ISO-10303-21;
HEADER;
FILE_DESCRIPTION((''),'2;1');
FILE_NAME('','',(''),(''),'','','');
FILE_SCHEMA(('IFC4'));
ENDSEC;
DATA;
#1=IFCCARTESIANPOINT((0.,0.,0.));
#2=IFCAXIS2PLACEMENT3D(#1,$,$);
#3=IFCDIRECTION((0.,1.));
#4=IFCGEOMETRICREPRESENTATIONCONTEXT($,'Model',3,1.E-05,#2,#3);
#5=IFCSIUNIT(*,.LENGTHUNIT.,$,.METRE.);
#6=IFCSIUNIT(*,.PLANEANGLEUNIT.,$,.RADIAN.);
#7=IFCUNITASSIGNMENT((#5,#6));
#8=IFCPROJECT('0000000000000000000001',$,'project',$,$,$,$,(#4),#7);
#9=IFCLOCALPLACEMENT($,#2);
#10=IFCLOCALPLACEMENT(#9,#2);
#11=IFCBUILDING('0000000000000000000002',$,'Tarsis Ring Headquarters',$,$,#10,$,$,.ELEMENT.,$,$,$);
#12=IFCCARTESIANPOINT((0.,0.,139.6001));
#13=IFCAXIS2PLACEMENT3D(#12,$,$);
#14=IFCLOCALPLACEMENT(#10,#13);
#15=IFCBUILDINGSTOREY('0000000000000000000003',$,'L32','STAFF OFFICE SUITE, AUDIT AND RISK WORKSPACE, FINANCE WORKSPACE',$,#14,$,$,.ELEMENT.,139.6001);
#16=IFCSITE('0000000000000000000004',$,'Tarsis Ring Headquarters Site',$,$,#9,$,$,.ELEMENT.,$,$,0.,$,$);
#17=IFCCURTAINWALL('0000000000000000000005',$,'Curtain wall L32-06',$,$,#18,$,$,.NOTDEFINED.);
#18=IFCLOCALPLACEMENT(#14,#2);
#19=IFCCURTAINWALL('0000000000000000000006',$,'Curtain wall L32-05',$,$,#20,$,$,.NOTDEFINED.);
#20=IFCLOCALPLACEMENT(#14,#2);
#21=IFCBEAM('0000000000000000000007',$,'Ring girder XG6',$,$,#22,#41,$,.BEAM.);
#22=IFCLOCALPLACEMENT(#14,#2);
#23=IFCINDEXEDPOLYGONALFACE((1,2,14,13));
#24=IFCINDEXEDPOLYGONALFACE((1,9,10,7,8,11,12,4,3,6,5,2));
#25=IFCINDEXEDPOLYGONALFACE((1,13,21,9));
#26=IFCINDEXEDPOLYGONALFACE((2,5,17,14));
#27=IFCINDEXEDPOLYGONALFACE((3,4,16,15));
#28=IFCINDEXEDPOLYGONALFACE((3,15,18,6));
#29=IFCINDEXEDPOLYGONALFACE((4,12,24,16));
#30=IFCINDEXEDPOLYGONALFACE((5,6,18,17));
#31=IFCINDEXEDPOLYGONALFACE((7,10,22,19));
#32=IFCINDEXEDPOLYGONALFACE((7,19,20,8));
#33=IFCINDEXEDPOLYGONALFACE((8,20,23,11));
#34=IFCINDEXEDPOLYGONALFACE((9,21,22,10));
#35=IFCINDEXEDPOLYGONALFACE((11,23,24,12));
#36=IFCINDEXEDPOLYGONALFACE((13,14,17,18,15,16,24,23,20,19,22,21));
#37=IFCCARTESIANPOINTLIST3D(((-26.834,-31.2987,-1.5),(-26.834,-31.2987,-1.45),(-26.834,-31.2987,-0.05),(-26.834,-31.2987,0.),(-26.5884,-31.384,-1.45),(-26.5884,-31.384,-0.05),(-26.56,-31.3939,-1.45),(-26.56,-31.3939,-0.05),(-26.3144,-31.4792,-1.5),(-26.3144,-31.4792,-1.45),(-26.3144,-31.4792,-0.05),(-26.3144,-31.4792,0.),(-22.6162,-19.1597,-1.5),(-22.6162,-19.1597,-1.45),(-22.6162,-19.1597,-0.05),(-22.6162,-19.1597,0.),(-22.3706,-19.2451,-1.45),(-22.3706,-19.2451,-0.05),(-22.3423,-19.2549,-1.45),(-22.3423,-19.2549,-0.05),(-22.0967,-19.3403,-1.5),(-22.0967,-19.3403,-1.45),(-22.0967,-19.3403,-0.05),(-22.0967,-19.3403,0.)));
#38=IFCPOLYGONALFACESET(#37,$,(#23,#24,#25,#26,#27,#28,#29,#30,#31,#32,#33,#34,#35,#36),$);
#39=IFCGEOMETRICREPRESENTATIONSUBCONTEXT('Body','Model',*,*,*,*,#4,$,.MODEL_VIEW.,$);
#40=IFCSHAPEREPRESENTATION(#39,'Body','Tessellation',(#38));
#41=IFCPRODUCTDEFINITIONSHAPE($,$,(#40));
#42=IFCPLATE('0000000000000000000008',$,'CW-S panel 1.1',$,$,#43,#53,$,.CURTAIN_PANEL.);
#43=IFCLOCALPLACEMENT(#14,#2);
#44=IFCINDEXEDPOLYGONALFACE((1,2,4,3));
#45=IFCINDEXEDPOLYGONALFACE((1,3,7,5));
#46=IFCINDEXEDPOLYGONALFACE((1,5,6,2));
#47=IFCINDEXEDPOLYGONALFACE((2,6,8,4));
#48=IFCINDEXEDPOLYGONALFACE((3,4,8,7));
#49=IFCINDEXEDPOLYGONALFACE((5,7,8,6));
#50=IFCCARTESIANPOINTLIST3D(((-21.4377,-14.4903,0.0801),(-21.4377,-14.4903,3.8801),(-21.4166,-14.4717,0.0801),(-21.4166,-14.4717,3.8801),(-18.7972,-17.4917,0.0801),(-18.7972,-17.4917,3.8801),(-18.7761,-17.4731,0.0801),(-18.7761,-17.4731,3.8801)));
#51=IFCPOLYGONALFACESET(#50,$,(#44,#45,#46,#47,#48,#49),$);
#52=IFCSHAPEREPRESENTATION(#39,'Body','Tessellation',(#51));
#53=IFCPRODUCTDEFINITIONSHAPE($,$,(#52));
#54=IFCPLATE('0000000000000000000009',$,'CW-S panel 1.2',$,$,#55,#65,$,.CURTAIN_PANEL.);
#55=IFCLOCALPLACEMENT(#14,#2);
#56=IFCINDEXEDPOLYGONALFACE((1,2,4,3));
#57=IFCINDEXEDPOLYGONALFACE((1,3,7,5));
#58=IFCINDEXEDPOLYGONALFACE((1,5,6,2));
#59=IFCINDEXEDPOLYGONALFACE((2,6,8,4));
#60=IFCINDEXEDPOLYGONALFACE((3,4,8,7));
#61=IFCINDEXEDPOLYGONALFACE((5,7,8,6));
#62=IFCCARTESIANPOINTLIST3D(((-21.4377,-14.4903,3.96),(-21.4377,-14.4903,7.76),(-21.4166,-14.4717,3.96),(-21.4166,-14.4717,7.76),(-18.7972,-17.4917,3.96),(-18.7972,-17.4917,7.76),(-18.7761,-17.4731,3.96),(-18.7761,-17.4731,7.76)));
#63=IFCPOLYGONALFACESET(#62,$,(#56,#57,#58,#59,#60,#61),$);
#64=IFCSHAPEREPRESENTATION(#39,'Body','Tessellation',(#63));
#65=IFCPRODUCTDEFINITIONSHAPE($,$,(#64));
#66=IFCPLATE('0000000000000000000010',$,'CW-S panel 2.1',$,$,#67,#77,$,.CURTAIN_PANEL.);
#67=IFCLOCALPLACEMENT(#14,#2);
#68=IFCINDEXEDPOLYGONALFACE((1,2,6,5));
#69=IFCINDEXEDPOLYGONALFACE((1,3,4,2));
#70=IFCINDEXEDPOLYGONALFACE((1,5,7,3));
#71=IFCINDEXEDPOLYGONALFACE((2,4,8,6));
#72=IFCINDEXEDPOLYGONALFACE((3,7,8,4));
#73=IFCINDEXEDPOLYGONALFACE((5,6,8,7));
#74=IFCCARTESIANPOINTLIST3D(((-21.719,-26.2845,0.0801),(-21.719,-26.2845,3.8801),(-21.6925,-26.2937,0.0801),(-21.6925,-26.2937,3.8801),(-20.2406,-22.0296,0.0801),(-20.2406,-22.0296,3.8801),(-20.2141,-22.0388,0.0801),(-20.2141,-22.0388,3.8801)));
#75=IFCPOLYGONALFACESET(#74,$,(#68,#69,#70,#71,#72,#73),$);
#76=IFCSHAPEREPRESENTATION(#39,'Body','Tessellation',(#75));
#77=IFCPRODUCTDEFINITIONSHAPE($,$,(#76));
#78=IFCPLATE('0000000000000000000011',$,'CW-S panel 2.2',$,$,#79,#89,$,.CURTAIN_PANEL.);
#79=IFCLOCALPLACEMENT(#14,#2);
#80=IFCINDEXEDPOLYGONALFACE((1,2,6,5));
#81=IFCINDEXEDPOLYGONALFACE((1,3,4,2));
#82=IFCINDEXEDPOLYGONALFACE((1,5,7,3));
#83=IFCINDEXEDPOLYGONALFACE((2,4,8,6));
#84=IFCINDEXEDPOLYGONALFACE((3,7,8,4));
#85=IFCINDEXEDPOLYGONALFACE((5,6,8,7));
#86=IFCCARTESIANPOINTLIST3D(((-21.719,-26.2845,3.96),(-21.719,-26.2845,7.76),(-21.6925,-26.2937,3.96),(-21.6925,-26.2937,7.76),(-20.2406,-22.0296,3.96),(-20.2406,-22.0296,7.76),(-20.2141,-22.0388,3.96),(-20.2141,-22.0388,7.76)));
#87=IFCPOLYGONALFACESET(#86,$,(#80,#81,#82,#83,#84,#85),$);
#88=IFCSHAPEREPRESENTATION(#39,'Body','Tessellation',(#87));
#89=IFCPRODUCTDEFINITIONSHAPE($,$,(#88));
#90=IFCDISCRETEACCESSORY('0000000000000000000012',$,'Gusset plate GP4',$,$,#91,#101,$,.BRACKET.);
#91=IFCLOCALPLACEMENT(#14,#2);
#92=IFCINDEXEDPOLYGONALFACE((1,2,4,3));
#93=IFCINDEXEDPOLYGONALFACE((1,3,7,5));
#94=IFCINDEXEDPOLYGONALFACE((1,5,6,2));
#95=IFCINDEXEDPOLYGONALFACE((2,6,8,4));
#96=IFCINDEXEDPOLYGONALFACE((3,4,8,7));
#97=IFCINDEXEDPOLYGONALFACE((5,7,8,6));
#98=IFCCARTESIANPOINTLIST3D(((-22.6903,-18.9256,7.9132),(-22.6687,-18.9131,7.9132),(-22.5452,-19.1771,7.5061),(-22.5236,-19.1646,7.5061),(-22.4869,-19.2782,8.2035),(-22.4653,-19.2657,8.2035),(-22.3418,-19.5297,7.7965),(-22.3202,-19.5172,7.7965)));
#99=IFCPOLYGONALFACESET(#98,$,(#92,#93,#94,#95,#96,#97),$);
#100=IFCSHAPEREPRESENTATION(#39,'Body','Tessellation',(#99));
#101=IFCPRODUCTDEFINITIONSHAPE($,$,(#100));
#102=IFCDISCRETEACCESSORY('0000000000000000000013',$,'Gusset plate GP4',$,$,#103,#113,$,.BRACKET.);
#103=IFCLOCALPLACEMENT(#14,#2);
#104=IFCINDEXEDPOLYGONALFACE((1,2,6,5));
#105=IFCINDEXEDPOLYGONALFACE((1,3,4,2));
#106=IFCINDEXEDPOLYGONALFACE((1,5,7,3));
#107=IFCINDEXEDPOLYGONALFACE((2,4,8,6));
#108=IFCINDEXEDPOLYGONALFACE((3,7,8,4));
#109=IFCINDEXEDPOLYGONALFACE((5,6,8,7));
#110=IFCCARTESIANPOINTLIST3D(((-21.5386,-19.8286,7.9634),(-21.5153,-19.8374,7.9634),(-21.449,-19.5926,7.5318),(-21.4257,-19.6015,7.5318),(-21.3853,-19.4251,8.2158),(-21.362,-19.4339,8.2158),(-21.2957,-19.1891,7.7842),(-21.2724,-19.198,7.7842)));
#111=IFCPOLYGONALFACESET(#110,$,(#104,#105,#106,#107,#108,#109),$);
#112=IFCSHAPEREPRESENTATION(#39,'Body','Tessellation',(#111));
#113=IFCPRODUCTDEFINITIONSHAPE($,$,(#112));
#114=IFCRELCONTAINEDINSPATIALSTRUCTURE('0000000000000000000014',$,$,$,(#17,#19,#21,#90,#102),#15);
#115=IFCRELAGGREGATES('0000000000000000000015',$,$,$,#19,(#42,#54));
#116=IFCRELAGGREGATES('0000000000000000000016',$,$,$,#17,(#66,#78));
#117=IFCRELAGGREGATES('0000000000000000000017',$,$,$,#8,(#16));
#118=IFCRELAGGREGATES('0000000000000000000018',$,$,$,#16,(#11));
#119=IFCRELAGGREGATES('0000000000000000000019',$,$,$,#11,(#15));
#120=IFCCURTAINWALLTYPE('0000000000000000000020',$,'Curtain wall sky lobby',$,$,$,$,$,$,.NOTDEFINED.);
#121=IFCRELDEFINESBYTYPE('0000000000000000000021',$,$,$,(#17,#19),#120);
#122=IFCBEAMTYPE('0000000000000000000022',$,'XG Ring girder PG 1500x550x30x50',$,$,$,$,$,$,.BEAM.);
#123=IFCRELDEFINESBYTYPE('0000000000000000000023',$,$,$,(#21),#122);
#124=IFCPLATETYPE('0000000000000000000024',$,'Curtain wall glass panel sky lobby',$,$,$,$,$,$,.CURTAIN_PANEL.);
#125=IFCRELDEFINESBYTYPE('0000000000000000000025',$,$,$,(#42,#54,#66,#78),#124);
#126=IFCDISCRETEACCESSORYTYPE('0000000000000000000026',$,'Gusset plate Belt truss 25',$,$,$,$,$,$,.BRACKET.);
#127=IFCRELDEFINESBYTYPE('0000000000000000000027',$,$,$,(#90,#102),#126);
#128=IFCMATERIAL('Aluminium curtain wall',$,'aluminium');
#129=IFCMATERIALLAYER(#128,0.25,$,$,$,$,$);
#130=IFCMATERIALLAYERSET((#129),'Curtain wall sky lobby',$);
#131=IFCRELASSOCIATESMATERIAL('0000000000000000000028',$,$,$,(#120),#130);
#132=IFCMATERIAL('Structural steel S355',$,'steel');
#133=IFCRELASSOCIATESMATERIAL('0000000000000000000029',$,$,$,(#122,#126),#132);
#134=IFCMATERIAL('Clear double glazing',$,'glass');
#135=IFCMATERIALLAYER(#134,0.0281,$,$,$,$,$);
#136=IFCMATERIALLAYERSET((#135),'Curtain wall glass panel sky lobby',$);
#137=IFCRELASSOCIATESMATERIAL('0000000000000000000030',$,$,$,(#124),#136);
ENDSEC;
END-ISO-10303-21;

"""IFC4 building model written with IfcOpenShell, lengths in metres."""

from ifc_helpers import new_model, si_unit, direction, frame, origin, origin_2d, place, context, subcontext, project, spatial, rectangle, i_section, extrude, material, layer, layer_set, material_profile, profile_set, type_object, element, aggregate, save


model = new_model("IFC4")

# Units and contexts
model_context = context("Model", 3, precision=1e-05, world=origin(), true_north=direction((0.0, 1.0)))
body_context = subcontext(model_context, "Body", "Model", "MODEL_VIEW")
ifc_project = project(units=[si_unit("LENGTHUNIT", "METRE"), si_unit("PLANEANGLEUNIT", "RADIAN")], contexts=[model_context])

# Site, building, storey
site_placement = place(None, origin())
site = spatial("IfcSite", under=ifc_project, at=site_placement, Name="Tarsis Ring Headquarters Site", CompositionType="ELEMENT", RefElevation=0.0)
building_placement = place(site_placement, origin())
building = spatial("IfcBuilding", under=site, at=building_placement, Name="Tarsis Ring Headquarters", CompositionType="ELEMENT")
storey_placement = place(building_placement, frame((0.0, 0.0, 139.6001)))
storey = spatial("IfcBuildingStorey", under=building, at=storey_placement, Name="L32", Description="STAFF OFFICE SUITE, AUDIT AND RISK WORKSPACE, FINANCE WORKSPACE", CompositionType="ELEMENT", Elevation=139.6001)

# Shared definitions
ifc_material_1 = material(Name="Structural steel S355", Category="steel")

# Curtain walls
ifc_material_2 = material(Name="Aluminium curtain wall", Category="aluminium")
ifc_layer_1 = layer(ifc_material_2, 0.25)
ifc_layer_set_1 = layer_set([ifc_layer_1], Name="Curtain wall sky lobby")
curtain_wall_type = type_object("IfcCurtainWallType", Name="Curtain wall sky lobby", PredefinedType="NOTDEFINED", material=ifc_layer_set_1)
curtain_wall_1_placement = place(storey_placement, origin())
curtain_wall_1 = element("IfcCurtainWall", 1, at=curtain_wall_1_placement, inside=storey, type_object=curtain_wall_type, Name="Curtain wall L32-06", PredefinedType="NOTDEFINED")
curtain_wall_2_placement = place(storey_placement, origin())
curtain_wall_2 = element("IfcCurtainWall", 2, at=curtain_wall_2_placement, inside=storey, type_object=curtain_wall_type, Name="Curtain wall L32-05", PredefinedType="NOTDEFINED")

# Beam
ifc_material_profile_1 = material_profile(ifc_material_1, i_section(OverallWidth=0.55, OverallDepth=1.5, WebThickness=0.03, FlangeThickness=0.05, at=origin_2d()), Name="PG 1500x550x30x50")
ifc_profile_set_1 = profile_set([ifc_material_profile_1], Name="Structural steel S355")
beam_type_1 = type_object("IfcBeamType", Name="XG Ring girder PG 1500x550x30x50", PredefinedType="BEAM", material=ifc_profile_set_1)
beam_1_placement = place(storey_placement, frame((-22.3564, -19.25, -0.75), z_axis=(-0.328211, -0.944604, 0.0), x_axis=(0.944604, -0.328211, 0.0)))
element("IfcBeam", 3, at=beam_1_placement, inside=storey, type_object=beam_type_1, Name="Ring girder XG6", PredefinedType="BEAM", context=body_context, shape_type="SweptSolid", body=[
    extrude(i_section(OverallWidth=0.55, OverallDepth=1.5, WebThickness=0.03, FlangeThickness=0.05, at=origin_2d()), origin(), (0.0, 0.0, 1.0), 12.8508),
])

# Plates
ifc_material_3 = material(Name="Clear double glazing", Category="glass")
ifc_layer_2 = layer(ifc_material_3, 0.0281)
ifc_layer_set_2 = layer_set([ifc_layer_2], Name="Curtain wall glass panel sky lobby")
plate_type = type_object("IfcPlateType", Name="Curtain wall glass panel sky lobby", PredefinedType="CURTAIN_PANEL", material=ifc_layer_set_2)
plate_1_placement = place(storey_placement, frame((-20.1069, -15.9817, 0.0801), z_axis=(0.0, 0.0, 1.0), x_axis=(0.660526, -0.750803, 0.0)))
plate_1 = element("IfcPlate", 4, at=plate_1_placement, type_object=plate_type, Name="CW-S panel 1.1", PredefinedType="CURTAIN_PANEL", context=body_context, shape_type="SweptSolid", body=[
    extrude(rectangle(XDim=3.9976, YDim=0.0281, at=origin_2d()), origin(), (0.0, 0.0, 1.0), 3.8),
])
plate_2_placement = place(storey_placement, frame((-20.1069, -15.9817, 3.96), z_axis=(0.0, 0.0, 1.0), x_axis=(0.660526, -0.750803, 0.0)))
plate_2 = element("IfcPlate", 5, at=plate_2_placement, type_object=plate_type, Name="CW-S panel 1.2", PredefinedType="CURTAIN_PANEL", context=body_context, shape_type="SweptSolid", body=[
    extrude(rectangle(XDim=3.9976, YDim=0.0281, at=origin_2d()), origin(), (0.0, 0.0, 1.0), 3.8),
])
aggregate(curtain_wall_2, [plate_1, plate_2])
plate_3_placement = place(storey_placement, frame((-20.9666, -24.1616, 0.0801), z_axis=(0.0, 0.0, 1.0), x_axis=(-0.328207, -0.944606, 0.0)))
plate_3 = element("IfcPlate", 6, at=plate_3_placement, type_object=plate_type, Name="CW-S panel 2.1", PredefinedType="CURTAIN_PANEL", context=body_context, shape_type="SweptSolid", body=[
    extrude(rectangle(XDim=4.5044, YDim=0.0281, at=origin_2d()), origin(), (0.0, 0.0, 1.0), 3.8),
])
plate_4_placement = place(storey_placement, frame((-20.9666, -24.1616, 3.96), z_axis=(0.0, 0.0, 1.0), x_axis=(-0.328207, -0.944606, 0.0)))
plate_4 = element("IfcPlate", 7, at=plate_4_placement, type_object=plate_type, Name="CW-S panel 2.2", PredefinedType="CURTAIN_PANEL", context=body_context, shape_type="SweptSolid", body=[
    extrude(rectangle(XDim=4.5044, YDim=0.0281, at=origin_2d()), origin(), (0.0, 0.0, 1.0), 3.8),
])
aggregate(curtain_wall_1, [plate_3, plate_4])

# Discrete accessories
ifc_material_profile_2 = material_profile(ifc_material_1, rectangle(XDim=0.0249, YDim=0.5, at=origin_2d()), Name="PL 25x500")
ifc_profile_set_2 = profile_set([ifc_material_profile_2], Name="Structural steel S355")
discrete_accessory_type = type_object("IfcDiscreteAccessoryType", Name="Gusset plate Belt truss 25", PredefinedType="BRACKET", material=ifc_profile_set_2)
for number, where, z_axis, x_axis, name in (
    (8, (-22.4036, -19.3977, 8.0), (-0.406814, 0.705209, -0.580674), (-0.866206, -0.499688, 0.0), "Gusset plate GP4"),
    (9, (-21.3289, -19.3115, 8.0), (-0.306581, -0.806971, -0.504784), (0.93481, -0.355149, 0.0), "Gusset plate GP4"),
):
    element("IfcDiscreteAccessory", number, at=place(storey_placement, frame(where, z_axis=z_axis, x_axis=x_axis)), inside=storey, type_object=discrete_accessory_type, Name=name, PredefinedType="BRACKET", context=body_context, shape_type="SweptSolid", body=[
        extrude(rectangle(XDim=0.0249, YDim=0.5, at=origin_2d()), origin(), (0.0, 0.0, 1.0), 0.5),
    ])

save(model, "model.ifc")
